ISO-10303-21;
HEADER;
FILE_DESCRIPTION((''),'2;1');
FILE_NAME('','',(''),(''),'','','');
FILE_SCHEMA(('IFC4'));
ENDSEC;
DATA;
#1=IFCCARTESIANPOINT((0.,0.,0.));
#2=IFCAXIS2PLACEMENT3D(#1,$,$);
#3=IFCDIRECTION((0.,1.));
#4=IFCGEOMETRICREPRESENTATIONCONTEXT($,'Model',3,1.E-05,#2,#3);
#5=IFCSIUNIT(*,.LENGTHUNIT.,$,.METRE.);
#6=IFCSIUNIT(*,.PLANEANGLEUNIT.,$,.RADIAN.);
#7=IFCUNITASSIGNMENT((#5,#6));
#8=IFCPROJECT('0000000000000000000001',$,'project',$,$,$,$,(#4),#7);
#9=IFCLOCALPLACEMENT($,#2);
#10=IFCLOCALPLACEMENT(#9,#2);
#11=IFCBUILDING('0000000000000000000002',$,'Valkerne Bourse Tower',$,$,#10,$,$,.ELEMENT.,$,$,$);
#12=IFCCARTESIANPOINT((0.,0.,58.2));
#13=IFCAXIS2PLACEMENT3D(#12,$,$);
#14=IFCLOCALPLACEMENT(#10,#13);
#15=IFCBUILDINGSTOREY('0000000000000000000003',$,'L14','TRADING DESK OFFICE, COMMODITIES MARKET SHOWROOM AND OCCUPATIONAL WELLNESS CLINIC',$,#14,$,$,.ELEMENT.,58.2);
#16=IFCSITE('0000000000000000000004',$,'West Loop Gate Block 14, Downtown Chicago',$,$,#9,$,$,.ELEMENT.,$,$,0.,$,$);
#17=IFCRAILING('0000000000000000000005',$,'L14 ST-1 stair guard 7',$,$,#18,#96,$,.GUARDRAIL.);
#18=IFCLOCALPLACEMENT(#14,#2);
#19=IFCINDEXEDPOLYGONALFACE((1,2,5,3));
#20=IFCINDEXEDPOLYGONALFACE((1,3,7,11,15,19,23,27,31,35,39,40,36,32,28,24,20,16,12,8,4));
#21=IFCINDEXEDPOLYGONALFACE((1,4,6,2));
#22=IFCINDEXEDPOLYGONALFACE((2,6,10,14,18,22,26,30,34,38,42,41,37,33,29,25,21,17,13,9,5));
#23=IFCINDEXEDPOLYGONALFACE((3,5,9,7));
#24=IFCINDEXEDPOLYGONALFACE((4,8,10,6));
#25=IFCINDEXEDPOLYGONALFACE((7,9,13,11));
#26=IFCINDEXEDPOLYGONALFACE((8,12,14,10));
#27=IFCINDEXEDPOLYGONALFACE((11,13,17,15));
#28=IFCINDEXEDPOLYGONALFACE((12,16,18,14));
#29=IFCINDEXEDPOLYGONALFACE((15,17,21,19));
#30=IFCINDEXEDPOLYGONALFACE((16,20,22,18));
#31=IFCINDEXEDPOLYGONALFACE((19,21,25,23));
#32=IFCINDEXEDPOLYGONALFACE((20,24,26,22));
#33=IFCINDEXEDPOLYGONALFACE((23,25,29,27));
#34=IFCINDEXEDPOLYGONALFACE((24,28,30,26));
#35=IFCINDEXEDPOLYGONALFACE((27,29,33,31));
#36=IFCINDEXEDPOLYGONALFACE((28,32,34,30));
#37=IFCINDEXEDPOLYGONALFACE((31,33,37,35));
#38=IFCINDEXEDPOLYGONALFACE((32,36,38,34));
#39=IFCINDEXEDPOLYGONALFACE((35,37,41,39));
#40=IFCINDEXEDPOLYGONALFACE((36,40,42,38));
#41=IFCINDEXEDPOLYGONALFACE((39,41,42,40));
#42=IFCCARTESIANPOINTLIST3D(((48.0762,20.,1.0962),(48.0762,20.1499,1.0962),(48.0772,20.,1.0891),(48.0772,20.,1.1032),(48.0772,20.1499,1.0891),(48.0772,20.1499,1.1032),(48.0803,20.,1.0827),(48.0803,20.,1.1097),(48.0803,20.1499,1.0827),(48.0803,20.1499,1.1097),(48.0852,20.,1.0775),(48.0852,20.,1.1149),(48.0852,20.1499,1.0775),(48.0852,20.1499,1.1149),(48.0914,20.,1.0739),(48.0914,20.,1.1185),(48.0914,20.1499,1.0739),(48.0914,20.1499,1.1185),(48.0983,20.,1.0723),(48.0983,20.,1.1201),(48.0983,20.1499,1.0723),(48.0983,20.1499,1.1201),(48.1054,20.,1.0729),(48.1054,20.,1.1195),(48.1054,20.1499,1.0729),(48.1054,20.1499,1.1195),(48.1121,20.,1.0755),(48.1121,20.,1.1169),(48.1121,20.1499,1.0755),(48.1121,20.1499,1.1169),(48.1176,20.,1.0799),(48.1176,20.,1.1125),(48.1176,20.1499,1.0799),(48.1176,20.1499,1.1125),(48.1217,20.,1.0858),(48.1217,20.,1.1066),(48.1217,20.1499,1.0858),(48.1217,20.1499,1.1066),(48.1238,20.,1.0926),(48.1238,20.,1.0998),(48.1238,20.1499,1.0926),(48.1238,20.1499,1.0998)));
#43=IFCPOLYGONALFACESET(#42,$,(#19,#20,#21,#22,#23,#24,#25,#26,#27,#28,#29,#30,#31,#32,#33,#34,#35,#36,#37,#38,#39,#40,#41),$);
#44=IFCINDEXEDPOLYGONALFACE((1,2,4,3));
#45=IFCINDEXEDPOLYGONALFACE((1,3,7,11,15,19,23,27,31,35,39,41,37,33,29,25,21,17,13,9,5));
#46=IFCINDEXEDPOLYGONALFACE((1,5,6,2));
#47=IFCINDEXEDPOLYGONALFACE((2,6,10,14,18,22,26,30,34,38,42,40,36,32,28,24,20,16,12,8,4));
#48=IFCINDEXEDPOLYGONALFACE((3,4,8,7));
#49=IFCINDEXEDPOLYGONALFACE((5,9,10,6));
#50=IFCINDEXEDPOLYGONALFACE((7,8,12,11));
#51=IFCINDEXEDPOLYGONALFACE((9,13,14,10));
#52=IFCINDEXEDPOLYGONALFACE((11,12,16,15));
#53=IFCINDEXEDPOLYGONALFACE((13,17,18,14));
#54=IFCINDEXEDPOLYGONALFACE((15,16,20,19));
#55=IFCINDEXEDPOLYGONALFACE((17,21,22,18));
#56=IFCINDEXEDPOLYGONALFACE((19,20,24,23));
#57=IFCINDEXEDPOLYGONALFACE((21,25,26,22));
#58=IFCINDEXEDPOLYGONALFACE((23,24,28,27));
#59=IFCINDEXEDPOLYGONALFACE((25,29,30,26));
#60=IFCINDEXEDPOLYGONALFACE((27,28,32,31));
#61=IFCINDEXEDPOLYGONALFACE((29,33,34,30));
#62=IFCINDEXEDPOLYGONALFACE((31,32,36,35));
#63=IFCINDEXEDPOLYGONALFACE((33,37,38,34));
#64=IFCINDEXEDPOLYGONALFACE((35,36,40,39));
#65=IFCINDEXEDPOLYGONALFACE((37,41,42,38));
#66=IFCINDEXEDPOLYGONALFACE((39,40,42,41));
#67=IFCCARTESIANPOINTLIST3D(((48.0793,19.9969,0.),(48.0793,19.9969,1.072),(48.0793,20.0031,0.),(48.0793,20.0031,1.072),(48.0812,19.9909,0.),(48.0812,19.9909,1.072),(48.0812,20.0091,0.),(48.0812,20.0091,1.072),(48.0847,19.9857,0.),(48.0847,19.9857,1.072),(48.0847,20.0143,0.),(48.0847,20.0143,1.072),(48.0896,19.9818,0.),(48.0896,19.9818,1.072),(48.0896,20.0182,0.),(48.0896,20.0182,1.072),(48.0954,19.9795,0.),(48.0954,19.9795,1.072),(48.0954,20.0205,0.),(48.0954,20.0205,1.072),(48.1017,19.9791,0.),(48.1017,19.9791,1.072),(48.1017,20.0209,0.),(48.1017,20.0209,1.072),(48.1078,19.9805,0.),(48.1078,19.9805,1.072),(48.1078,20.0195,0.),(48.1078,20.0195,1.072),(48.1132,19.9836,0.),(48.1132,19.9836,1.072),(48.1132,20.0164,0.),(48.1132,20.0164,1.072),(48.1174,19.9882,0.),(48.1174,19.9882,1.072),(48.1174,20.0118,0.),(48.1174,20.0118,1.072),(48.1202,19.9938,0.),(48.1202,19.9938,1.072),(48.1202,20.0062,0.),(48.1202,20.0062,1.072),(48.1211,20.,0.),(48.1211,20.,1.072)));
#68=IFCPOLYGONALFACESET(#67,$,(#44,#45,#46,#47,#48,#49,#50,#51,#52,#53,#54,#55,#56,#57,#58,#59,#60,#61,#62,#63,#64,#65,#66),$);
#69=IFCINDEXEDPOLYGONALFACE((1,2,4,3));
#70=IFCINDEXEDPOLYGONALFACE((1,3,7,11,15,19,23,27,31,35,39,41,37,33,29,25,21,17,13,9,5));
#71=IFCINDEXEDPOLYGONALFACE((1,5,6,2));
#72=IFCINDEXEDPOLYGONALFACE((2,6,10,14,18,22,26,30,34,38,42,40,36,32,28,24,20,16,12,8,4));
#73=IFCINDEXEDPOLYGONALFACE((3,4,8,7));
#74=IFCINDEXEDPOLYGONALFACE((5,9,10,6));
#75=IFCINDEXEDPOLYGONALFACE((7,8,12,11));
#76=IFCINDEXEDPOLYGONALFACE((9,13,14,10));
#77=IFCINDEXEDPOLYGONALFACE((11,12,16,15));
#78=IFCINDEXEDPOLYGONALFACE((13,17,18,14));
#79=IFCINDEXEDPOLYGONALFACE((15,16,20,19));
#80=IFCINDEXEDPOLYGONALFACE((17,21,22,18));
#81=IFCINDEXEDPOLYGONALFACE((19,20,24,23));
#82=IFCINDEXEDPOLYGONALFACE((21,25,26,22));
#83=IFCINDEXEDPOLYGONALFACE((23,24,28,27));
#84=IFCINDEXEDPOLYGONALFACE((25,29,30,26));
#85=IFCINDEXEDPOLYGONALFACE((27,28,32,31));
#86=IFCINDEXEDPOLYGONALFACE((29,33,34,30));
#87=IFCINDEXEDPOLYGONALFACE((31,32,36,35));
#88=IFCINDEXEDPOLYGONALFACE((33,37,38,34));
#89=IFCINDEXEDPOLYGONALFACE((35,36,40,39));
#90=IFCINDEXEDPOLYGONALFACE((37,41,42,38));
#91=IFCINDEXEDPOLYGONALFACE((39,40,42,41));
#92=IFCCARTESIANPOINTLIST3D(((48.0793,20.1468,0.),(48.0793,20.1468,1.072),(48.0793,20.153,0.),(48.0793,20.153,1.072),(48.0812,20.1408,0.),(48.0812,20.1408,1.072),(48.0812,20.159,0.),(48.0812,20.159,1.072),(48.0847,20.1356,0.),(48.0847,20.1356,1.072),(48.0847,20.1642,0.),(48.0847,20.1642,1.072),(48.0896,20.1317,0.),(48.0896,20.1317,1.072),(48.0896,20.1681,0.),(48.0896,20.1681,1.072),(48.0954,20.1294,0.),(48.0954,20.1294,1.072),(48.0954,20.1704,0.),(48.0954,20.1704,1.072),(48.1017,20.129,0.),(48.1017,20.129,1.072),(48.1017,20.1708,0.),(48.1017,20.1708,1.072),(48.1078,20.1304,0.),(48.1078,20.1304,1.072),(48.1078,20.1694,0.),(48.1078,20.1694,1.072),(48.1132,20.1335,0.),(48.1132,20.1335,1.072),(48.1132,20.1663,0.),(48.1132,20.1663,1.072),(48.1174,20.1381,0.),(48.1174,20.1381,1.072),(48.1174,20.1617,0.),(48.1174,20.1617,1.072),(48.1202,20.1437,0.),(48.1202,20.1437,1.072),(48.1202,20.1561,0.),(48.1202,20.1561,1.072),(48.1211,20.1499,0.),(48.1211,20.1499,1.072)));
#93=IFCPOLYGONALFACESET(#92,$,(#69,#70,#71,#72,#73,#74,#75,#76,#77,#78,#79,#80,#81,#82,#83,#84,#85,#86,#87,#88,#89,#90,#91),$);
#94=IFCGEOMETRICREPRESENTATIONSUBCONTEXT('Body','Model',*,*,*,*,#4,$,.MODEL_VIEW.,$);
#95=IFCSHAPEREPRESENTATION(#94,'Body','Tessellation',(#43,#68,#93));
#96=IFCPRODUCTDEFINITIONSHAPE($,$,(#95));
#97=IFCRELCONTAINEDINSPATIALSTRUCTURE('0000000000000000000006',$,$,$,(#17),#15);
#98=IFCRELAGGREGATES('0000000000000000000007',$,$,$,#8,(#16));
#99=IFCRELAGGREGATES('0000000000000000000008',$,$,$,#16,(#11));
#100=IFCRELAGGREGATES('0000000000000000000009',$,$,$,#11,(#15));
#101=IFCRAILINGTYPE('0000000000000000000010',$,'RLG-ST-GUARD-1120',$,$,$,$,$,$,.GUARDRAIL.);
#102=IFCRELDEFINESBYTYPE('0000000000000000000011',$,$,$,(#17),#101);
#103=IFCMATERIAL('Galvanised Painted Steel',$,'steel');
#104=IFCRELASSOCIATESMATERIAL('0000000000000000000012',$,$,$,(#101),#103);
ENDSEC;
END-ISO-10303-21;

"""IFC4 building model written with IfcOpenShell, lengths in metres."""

from ifc_helpers import new_model, si_unit, direction, frame, origin, origin_2d, place, context, subcontext, project, spatial, circle, extrude, material, type_object, element, save


model = new_model("IFC4")

# Units and contexts
model_context = context("Model", 3, precision=1e-05, world=origin(), true_north=direction((0.0, 1.0)))
body_context = subcontext(model_context, "Body", "Model", "MODEL_VIEW")
ifc_project = project(units=[si_unit("LENGTHUNIT", "METRE"), si_unit("PLANEANGLEUNIT", "RADIAN")], contexts=[model_context])

# Site, building, storey
site_placement = place(None, origin())
site = spatial("IfcSite", under=ifc_project, at=site_placement, Name="West Loop Gate Block 14, Downtown Chicago", CompositionType="ELEMENT", RefElevation=0.0)
building_placement = place(site_placement, origin())
building = spatial("IfcBuilding", under=site, at=building_placement, Name="Valkerne Bourse Tower", CompositionType="ELEMENT")
storey_placement = place(building_placement, frame((0.0, 0.0, 58.2)))
storey = spatial("IfcBuildingStorey", under=building, at=storey_placement, Name="L14", Description="TRADING DESK OFFICE, COMMODITIES MARKET SHOWROOM AND OCCUPATIONAL WELLNESS CLINIC", CompositionType="ELEMENT", Elevation=58.2)

# Shared definitions
ifc_material_1 = material(Name="Galvanised Painted Steel", Category="steel")

# Railing
railing_type_1 = type_object("IfcRailingType", Name="RLG-ST-GUARD-1120", PredefinedType="GUARDRAIL", material=ifc_material_1)
railing_1_placement = place(storey_placement, frame((48.1001, 20.0, 0.0)))
element("IfcRailing", 1, at=railing_1_placement, inside=storey, type_object=railing_type_1, Name="L14 ST-1 stair guard 7", PredefinedType="GUARDRAIL", context=body_context, shape_type="SweptSolid", body=[
    extrude(circle(Radius=0.0239, at=origin_2d()), frame((0.0, 0.0, 1.0962), z_axis=(0.0, 1.0, 0.0), x_axis=(-1.0, 0.0, 0.0)), (0.0, 0.0, 1.0), 0.1499),
    extrude(circle(Radius=0.021, at=origin_2d()), origin(), (0.0, 0.0, 1.0), 1.072),
    extrude(circle(Radius=0.021, at=origin_2d()), frame((0.0, 0.1499, 0.0)), (0.0, 0.0, 1.0), 1.072),
])

save(model, "model.ifc")
